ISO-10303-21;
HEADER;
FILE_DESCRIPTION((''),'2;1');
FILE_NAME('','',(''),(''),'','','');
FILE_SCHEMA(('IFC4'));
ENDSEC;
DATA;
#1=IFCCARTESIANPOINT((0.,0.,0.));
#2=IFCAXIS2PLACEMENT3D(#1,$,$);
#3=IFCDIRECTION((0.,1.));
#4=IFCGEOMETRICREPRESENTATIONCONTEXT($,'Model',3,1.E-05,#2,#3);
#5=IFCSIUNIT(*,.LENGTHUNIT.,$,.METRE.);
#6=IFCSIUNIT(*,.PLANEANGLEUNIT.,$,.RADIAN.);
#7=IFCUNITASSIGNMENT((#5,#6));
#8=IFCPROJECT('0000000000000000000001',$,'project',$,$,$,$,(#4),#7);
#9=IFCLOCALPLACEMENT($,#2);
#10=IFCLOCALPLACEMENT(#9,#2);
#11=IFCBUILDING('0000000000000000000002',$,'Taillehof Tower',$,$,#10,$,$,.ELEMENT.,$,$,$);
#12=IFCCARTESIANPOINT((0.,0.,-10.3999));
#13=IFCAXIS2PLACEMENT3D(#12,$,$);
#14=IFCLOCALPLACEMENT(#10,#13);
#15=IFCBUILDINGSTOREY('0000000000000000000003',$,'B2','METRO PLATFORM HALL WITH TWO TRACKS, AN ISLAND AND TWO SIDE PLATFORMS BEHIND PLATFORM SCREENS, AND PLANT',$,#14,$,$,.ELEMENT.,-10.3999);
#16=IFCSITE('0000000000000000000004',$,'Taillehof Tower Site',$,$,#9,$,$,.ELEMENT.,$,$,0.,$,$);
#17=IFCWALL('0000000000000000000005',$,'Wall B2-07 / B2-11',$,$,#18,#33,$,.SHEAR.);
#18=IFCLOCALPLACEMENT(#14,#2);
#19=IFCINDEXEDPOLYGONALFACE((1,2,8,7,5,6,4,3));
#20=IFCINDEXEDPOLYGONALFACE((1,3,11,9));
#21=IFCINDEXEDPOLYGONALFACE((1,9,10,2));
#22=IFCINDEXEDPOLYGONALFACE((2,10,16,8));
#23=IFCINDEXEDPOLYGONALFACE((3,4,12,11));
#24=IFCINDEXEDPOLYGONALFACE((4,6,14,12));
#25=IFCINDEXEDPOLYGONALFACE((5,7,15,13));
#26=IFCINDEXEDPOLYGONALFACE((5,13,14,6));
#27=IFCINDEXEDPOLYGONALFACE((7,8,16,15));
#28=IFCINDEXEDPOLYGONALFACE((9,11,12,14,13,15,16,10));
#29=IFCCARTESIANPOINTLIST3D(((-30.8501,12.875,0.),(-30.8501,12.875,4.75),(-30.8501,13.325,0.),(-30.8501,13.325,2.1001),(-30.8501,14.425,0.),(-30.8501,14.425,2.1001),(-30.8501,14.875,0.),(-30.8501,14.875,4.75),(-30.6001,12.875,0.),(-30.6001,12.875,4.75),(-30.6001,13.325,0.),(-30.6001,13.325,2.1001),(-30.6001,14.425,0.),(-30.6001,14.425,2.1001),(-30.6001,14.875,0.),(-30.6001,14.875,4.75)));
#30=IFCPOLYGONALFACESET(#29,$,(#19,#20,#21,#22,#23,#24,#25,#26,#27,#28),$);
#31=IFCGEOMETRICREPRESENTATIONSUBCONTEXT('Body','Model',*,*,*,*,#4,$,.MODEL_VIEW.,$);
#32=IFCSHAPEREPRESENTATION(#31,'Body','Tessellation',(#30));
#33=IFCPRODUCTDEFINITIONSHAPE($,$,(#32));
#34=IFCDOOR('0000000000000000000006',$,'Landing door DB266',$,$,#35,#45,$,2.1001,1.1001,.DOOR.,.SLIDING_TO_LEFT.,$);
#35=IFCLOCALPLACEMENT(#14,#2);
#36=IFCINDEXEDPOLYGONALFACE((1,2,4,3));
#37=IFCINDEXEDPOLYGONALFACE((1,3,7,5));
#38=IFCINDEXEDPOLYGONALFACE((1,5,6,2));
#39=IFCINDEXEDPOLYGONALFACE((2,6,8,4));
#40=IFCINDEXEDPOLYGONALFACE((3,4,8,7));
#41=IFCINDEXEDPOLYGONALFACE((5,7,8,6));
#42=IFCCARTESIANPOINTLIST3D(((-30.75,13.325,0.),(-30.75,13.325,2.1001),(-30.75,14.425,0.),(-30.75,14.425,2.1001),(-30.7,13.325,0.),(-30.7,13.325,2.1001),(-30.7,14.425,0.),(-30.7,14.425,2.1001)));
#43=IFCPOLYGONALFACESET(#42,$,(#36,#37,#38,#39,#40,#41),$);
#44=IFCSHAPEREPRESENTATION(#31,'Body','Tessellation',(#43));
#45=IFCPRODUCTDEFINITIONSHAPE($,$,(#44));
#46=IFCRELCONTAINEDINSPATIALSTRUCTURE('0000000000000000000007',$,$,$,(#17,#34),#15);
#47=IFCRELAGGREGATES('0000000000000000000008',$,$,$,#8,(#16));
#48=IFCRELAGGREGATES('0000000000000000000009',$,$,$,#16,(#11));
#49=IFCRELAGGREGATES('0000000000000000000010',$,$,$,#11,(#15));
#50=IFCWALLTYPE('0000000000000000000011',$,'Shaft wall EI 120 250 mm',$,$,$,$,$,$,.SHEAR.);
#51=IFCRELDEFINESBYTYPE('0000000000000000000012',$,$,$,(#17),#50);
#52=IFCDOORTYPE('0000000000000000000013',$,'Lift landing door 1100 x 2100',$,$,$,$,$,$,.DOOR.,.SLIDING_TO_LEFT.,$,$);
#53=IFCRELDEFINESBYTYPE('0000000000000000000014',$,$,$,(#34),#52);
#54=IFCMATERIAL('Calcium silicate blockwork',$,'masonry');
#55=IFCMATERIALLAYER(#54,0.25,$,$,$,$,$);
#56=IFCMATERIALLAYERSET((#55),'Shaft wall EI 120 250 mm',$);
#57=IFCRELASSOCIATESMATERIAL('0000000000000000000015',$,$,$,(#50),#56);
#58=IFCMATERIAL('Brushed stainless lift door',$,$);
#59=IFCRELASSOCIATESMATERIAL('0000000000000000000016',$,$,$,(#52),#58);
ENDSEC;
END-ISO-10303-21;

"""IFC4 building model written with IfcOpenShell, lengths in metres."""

from ifc_helpers import new_model, si_unit, direction, frame, frame_2d, origin, place, context, subcontext, project, spatial, rectangle, extrude, material, layer, layer_set, type_object, element, fill, save


model = new_model("IFC4")

# Units and contexts
model_context = context("Model", 3, precision=1e-05, world=origin(), true_north=direction((0.0, 1.0)))
body_context = subcontext(model_context, "Body", "Model", "MODEL_VIEW")
ifc_project = project(units=[si_unit("LENGTHUNIT", "METRE"), si_unit("PLANEANGLEUNIT", "RADIAN")], contexts=[model_context])

# Site, building, storey
site_placement = place(None, origin())
site = spatial("IfcSite", under=ifc_project, at=site_placement, Name="Taillehof Tower Site", CompositionType="ELEMENT", RefElevation=0.0)
building_placement = place(site_placement, origin())
building = spatial("IfcBuilding", under=site, at=building_placement, Name="Taillehof Tower", CompositionType="ELEMENT")
storey_placement = place(building_placement, frame((0.0, 0.0, -10.3999)))
storey = spatial("IfcBuildingStorey", under=building, at=storey_placement, Name="B2", Description="METRO PLATFORM HALL WITH TWO TRACKS, AN ISLAND AND TWO SIDE PLATFORMS BEHIND PLATFORM SCREENS, AND PLANT", CompositionType="ELEMENT", Elevation=-10.3999)

# Shared definitions
ifc_material_1 = material(Name="Calcium silicate blockwork", Category="masonry")
ifc_layer_1 = layer(ifc_material_1, 0.25)
ifc_layer_set_1 = layer_set([ifc_layer_1], Name="Shaft wall EI 120 250 mm")
wall_type_1 = type_object("IfcWallType", Name="Shaft wall EI 120 250 mm", PredefinedType="SHEAR", material=ifc_layer_set_1)

# Wall, opening, door
wall_1_placement = place(storey_placement, frame((-30.7251, 12.875, 0.0), z_axis=(0.0, 0.0, 1.0), x_axis=(0.0, 1.0, 0.0)))
wall_1 = element("IfcWall", 1, at=wall_1_placement, inside=storey, type_object=wall_type_1, Name="Wall B2-07 / B2-11", PredefinedType="SHEAR", context=body_context, shape_type="SweptSolid", body=[
    extrude(rectangle(XDim=2.0, YDim=0.25, at=frame_2d((1.0, 0.0))), origin(), (0.0, 0.0, 1.0), 4.75),
])
opening_1_placement = place(wall_1_placement, frame((0.45, 0.0, 0.0)))
opening_1 = element("IfcOpeningElement", 2, at=opening_1_placement, cuts=wall_1, PredefinedType="OPENING", context=body_context, shape_type="SweptSolid", body=[
    extrude(rectangle(XDim=1.1001, YDim=2.1001, at=frame_2d((0.55, 1.05))), frame((0.0, 0.135, 0.0), z_axis=(0.0, -1.0, 0.0), x_axis=(1.0, 0.0, 0.0)), (0.0, 0.0, 1.0), 0.27),
])
ifc_material_2 = material(Name="Brushed stainless lift door")
door_type_1 = type_object("IfcDoorType", Name="Lift landing door 1100 x 2100", OperationType="SLIDING_TO_LEFT", PredefinedType="DOOR", material=ifc_material_2)
door_1_placement = place(opening_1_placement, origin())
door_1 = element("IfcDoor", 3, at=door_1_placement, inside=storey, type_object=door_type_1, Name="Landing door DB266", OperationType="SLIDING_TO_LEFT", OverallHeight=2.1001, OverallWidth=1.1001, PredefinedType="DOOR", context=body_context, shape_type="SweptSolid", body=[
    extrude(rectangle(XDim=1.1001, YDim=2.1001, at=frame_2d((0.55, 1.05))), frame((0.0, 0.0249, 0.0), z_axis=(0.0, -1.0, 0.0), x_axis=(1.0, 0.0, 0.0)), (0.0, 0.0, 1.0), 0.05),
])
fill(opening_1, door_1)

save(model, "model.ifc")
